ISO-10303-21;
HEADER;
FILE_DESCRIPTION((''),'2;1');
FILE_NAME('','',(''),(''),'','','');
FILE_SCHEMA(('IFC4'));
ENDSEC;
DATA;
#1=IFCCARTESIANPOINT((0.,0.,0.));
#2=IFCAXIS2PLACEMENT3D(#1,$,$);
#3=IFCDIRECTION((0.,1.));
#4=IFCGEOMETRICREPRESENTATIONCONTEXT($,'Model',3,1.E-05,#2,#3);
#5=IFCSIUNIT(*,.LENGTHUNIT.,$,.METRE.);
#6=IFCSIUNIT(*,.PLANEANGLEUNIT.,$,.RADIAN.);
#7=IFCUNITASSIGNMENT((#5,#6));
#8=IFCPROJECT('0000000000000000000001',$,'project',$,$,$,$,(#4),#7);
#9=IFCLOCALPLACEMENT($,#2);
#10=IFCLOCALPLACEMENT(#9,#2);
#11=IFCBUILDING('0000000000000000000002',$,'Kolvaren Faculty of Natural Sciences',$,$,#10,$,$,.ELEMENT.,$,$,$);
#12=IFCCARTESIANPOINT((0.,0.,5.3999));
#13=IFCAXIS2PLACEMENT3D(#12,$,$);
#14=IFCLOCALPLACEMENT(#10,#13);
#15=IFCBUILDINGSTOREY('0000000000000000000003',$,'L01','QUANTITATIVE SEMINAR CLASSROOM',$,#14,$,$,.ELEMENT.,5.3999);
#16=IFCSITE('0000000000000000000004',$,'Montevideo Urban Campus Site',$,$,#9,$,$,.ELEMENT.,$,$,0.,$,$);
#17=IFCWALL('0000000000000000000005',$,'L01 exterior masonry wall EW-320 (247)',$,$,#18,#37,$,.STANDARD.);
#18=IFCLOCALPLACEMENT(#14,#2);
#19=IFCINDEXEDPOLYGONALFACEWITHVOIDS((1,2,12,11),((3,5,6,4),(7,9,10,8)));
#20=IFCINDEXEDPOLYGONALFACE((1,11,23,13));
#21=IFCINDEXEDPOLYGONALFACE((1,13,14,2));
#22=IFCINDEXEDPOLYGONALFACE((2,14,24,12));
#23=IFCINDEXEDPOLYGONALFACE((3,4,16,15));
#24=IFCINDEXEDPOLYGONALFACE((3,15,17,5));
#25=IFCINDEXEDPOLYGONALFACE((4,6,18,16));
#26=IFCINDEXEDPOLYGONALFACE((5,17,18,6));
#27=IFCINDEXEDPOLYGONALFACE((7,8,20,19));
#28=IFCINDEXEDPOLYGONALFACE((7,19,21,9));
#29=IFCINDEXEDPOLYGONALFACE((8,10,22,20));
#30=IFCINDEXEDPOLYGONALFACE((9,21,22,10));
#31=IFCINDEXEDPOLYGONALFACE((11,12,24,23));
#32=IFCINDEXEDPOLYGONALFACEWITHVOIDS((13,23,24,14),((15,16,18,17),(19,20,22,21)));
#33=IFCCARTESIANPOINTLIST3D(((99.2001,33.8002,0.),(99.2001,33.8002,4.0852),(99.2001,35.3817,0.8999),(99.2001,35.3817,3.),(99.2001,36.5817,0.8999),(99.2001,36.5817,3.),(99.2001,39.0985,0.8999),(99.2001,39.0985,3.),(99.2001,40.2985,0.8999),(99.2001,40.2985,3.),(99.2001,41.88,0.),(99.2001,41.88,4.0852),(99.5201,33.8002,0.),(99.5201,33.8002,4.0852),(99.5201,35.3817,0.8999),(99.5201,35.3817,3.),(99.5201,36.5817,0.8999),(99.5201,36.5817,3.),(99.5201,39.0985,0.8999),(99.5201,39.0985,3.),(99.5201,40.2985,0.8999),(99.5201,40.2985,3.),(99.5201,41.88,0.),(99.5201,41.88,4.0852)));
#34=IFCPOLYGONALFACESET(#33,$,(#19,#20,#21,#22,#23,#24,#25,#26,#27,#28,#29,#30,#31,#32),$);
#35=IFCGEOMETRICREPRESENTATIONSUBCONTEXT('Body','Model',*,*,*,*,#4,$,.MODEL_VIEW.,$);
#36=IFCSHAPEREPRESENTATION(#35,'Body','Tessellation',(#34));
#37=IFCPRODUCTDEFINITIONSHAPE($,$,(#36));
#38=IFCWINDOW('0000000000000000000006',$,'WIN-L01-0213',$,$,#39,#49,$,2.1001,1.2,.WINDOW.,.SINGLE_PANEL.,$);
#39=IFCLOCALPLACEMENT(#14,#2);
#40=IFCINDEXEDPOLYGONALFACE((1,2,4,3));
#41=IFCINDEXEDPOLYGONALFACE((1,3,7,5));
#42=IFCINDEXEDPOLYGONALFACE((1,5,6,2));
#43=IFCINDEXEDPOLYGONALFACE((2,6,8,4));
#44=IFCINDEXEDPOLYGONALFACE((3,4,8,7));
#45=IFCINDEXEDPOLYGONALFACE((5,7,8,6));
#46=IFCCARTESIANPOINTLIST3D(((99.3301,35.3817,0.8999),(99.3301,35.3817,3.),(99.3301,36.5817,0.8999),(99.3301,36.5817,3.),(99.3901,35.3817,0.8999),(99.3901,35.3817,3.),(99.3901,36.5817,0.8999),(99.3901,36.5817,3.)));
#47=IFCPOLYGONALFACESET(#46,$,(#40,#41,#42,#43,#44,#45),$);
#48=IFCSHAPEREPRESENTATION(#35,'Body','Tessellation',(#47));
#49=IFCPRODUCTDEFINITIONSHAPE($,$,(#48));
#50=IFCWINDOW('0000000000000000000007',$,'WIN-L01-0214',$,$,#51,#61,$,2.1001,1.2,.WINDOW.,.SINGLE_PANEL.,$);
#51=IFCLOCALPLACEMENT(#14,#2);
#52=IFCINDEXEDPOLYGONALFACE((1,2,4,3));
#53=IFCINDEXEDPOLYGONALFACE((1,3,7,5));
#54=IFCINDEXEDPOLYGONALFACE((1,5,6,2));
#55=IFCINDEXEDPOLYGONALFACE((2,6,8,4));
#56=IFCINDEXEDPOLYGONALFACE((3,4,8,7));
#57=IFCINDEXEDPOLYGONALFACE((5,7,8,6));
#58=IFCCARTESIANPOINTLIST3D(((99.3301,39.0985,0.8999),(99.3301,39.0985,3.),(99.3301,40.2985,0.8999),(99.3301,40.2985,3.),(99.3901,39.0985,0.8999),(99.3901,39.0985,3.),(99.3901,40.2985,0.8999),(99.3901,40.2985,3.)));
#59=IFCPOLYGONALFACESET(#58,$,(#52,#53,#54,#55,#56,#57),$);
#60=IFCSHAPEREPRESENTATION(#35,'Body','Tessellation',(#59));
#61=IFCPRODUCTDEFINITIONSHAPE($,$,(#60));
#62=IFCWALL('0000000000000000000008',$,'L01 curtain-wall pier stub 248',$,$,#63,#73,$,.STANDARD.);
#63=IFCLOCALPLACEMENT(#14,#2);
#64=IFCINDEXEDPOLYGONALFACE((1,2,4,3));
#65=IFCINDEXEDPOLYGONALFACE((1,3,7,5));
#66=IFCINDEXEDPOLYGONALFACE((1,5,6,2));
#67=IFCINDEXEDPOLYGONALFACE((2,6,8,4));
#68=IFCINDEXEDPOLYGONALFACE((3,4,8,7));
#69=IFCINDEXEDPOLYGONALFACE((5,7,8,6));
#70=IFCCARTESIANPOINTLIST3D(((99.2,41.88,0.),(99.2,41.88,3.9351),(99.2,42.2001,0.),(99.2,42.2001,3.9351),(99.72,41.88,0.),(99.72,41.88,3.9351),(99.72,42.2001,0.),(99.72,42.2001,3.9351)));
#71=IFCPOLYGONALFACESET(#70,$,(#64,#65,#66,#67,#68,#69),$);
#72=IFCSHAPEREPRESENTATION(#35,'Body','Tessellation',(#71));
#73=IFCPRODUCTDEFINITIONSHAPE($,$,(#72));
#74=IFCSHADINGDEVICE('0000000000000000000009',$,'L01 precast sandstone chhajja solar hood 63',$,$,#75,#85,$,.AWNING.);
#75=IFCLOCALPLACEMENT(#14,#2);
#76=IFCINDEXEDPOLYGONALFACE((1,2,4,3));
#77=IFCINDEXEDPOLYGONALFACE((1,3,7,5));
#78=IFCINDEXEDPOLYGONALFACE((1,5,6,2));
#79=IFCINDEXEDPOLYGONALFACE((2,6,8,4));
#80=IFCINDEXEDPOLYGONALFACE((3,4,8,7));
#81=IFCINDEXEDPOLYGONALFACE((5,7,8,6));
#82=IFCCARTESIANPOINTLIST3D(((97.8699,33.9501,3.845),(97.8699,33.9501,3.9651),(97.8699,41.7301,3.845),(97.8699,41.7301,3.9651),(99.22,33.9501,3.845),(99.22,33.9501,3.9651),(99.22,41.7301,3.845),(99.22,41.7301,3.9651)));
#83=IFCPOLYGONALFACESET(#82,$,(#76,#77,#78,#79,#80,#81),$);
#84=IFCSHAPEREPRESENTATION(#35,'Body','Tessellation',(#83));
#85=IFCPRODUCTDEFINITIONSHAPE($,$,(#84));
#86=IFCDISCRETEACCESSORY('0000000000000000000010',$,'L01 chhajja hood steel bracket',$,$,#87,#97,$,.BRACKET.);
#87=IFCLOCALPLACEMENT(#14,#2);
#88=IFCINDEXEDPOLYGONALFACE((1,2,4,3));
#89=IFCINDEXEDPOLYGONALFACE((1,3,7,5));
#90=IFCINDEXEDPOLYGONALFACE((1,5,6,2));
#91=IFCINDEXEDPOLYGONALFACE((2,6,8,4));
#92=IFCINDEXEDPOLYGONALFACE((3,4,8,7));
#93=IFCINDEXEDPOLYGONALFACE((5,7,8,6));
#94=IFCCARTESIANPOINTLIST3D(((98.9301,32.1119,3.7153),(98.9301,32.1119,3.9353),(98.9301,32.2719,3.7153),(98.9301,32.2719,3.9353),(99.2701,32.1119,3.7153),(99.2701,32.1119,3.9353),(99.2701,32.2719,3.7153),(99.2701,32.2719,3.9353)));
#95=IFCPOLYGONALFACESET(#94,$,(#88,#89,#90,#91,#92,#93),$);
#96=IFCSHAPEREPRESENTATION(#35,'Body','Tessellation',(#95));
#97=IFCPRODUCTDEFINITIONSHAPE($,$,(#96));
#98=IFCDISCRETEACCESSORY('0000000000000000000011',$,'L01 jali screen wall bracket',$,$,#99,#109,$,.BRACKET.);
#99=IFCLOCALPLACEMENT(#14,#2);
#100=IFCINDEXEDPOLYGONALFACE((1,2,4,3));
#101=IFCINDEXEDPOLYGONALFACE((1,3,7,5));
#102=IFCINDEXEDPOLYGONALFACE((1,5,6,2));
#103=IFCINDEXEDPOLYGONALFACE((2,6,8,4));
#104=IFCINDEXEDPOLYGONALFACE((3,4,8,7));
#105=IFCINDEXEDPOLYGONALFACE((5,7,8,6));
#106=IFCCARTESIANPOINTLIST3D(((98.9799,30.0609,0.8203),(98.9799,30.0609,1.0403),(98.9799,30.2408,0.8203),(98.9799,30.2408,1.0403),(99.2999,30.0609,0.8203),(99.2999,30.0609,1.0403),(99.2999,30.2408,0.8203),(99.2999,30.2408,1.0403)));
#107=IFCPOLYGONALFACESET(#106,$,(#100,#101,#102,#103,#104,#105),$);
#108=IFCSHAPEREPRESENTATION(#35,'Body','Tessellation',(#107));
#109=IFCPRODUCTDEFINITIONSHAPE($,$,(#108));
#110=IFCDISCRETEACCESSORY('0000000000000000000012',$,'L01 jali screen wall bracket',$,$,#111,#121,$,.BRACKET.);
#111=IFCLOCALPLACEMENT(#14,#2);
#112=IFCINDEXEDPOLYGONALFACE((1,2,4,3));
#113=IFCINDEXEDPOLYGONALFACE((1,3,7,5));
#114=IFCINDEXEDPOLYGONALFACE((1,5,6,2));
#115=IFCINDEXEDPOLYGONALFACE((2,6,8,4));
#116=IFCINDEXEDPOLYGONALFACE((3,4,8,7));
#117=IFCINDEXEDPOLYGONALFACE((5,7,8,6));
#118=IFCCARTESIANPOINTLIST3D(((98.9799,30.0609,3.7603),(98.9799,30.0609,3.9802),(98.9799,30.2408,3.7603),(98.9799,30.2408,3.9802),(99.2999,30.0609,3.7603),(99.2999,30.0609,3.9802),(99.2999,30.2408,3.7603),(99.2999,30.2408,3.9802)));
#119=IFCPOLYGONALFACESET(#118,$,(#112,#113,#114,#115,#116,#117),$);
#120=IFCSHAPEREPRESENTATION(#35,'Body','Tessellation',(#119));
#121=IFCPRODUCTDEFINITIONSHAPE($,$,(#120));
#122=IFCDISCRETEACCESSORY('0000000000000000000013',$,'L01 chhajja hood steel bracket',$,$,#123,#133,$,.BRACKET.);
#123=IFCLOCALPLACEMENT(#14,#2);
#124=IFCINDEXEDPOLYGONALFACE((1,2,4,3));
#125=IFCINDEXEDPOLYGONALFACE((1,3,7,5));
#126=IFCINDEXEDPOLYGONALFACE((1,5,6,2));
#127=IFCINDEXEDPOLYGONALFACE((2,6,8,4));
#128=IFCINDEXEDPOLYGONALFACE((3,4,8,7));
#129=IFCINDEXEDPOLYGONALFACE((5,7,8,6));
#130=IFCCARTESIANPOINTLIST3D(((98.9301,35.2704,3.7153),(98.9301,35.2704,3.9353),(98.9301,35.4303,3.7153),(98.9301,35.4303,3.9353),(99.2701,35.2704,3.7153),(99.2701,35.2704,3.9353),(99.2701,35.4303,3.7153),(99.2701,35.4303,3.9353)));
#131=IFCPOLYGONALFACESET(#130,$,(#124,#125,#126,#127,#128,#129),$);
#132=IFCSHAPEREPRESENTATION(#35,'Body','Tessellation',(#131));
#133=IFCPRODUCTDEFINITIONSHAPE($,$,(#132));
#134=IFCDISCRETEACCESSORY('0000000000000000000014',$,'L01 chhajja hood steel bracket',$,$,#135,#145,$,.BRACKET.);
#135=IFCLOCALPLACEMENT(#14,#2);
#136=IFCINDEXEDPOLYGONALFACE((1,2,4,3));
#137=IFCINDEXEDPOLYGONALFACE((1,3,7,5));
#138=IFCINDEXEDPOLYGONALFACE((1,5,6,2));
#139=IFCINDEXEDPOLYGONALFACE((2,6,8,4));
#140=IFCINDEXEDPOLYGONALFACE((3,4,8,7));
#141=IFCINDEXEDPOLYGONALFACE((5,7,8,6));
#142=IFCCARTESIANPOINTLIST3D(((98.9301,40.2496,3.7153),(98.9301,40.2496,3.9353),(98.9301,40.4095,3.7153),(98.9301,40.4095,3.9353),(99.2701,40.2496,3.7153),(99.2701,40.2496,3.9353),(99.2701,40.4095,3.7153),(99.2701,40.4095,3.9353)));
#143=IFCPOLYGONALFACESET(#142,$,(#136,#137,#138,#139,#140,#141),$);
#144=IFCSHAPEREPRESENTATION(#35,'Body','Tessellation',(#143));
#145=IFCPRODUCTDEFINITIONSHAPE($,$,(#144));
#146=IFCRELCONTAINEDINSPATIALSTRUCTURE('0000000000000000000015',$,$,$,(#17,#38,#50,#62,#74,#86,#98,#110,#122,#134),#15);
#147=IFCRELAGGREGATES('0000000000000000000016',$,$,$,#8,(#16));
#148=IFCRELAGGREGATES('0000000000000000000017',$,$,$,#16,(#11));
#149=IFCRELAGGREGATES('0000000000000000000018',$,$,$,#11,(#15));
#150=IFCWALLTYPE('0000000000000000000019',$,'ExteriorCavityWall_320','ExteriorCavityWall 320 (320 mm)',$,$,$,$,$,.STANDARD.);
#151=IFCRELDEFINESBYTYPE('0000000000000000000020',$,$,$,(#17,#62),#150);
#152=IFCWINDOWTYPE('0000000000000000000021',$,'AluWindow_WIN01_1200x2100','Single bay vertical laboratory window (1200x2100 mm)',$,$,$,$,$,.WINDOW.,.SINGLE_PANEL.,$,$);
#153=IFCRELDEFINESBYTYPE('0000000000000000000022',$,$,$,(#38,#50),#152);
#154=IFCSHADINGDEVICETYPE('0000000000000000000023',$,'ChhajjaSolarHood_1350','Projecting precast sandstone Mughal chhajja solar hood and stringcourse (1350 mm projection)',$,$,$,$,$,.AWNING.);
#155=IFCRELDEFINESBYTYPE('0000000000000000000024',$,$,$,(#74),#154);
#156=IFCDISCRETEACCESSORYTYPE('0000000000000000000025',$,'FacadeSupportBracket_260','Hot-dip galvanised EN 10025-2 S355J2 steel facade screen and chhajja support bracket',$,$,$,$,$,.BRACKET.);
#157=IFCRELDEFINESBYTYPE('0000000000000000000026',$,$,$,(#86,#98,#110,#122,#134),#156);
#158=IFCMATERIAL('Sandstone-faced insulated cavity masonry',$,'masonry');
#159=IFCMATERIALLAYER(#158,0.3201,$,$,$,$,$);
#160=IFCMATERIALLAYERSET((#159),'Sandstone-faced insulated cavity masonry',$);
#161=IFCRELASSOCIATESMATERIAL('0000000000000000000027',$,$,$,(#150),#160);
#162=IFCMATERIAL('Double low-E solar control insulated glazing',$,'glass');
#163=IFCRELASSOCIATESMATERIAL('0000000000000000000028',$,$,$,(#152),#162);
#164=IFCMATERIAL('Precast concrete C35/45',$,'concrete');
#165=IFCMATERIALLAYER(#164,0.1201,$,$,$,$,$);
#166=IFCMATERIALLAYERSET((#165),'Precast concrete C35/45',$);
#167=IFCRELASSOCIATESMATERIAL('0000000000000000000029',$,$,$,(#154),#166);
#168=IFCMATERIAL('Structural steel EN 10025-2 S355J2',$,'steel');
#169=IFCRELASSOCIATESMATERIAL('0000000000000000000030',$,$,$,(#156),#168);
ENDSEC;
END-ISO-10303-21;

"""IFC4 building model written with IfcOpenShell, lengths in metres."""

from ifc_helpers import new_model, si_unit, direction, frame, frame_2d, origin, origin_2d, place, context, subcontext, project, spatial, rectangle, extrude, material, layer, layer_set, type_object, element, fill, save


model = new_model("IFC4")

# Units and contexts
model_context = context("Model", 3, precision=1e-05, world=origin(), true_north=direction((0.0, 1.0)))
body_context = subcontext(model_context, "Body", "Model", "MODEL_VIEW")
ifc_project = project(units=[si_unit("LENGTHUNIT", "METRE"), si_unit("PLANEANGLEUNIT", "RADIAN")], contexts=[model_context])

# Site, building, storey
site_placement = place(None, origin())
site = spatial("IfcSite", under=ifc_project, at=site_placement, Name="Montevideo Urban Campus Site", CompositionType="ELEMENT", RefElevation=0.0)
building_placement = place(site_placement, origin())
building = spatial("IfcBuilding", under=site, at=building_placement, Name="Kolvaren Faculty of Natural Sciences", CompositionType="ELEMENT")
storey_placement = place(building_placement, frame((0.0, 0.0, 5.3999)))
storey = spatial("IfcBuildingStorey", under=building, at=storey_placement, Name="L01", Description="QUANTITATIVE SEMINAR CLASSROOM", CompositionType="ELEMENT", Elevation=5.3999)

# Wall, openings, windows
ifc_material_1 = material(Name="Sandstone-faced insulated cavity masonry", Category="masonry")
ifc_layer_1 = layer(ifc_material_1, 0.3201)
ifc_layer_set_1 = layer_set([ifc_layer_1], Name="Sandstone-faced insulated cavity masonry")
wall_type = type_object("IfcWallType", Name="ExteriorCavityWall_320", Description="ExteriorCavityWall 320 (320 mm)", PredefinedType="STANDARD", material=ifc_layer_set_1)
wall_1_placement = place(storey_placement, frame((99.3601, 33.8, 0.0), z_axis=(0.0, 0.0, 1.0), x_axis=(0.0, 1.0, 0.0)))
wall_1 = element("IfcWall", 1, at=wall_1_placement, inside=storey, type_object=wall_type, Name="L01 exterior masonry wall EW-320 (247)", PredefinedType="STANDARD", context=body_context, shape_type="SweptSolid", body=[
    extrude(rectangle(XDim=8.0798, YDim=0.3201, at=frame_2d((4.04, 0.0))), origin(), (0.0, 0.0, 1.0), 4.0852),
])
opening_1_placement = place(wall_1_placement, frame((1.5815, 0.0, 0.8999)))
opening_1 = element("IfcOpeningElement", 2, at=opening_1_placement, cuts=wall_1, PredefinedType="OPENING", context=body_context, shape_type="SweptSolid", body=[
    extrude(rectangle(XDim=1.2, YDim=2.1001, at=frame_2d((0.6001, 1.05))), frame((0.0, 0.1699, 0.0), z_axis=(0.0, -1.0, 0.0), x_axis=(1.0, 0.0, 0.0)), (0.0, 0.0, 1.0), 0.3401),
])
opening_2_placement = place(wall_1_placement, frame((5.2983, 0.0, 0.8999)))
opening_2 = element("IfcOpeningElement", 3, at=opening_2_placement, cuts=wall_1, PredefinedType="OPENING", context=body_context, shape_type="SweptSolid", body=[
    extrude(rectangle(XDim=1.2, YDim=2.1001, at=frame_2d((0.6001, 1.05))), frame((0.0, 0.1699, 0.0), z_axis=(0.0, -1.0, 0.0), x_axis=(1.0, 0.0, 0.0)), (0.0, 0.0, 1.0), 0.3401),
])
ifc_material_2 = material(Name="Double low-E solar control insulated glazing", Category="glass")
window_type = type_object("IfcWindowType", Name="AluWindow_WIN01_1200x2100", Description="Single bay vertical laboratory window (1200x2100 mm)", PartitioningType="SINGLE_PANEL", PredefinedType="WINDOW", material=ifc_material_2)
window_1_placement = place(opening_1_placement, origin())
window_1 = element("IfcWindow", 4, at=window_1_placement, inside=storey, type_object=window_type, Name="WIN-L01-0213", OverallHeight=2.1001, OverallWidth=1.2, PartitioningType="SINGLE_PANEL", PredefinedType="WINDOW", context=body_context, shape_type="SweptSolid", body=[
    extrude(rectangle(XDim=1.2, YDim=2.1001, at=frame_2d((0.6001, 1.05))), frame((0.0, 0.03, 0.0), z_axis=(0.0, -1.0, 0.0), x_axis=(1.0, 0.0, 0.0)), (0.0, 0.0, 1.0), 0.0601),
])
fill(opening_1, window_1)
window_2_placement = place(opening_2_placement, origin())
window_2 = element("IfcWindow", 5, at=window_2_placement, inside=storey, type_object=window_type, Name="WIN-L01-0214", OverallHeight=2.1001, OverallWidth=1.2, PartitioningType="SINGLE_PANEL", PredefinedType="WINDOW", context=body_context, shape_type="SweptSolid", body=[
    extrude(rectangle(XDim=1.2, YDim=2.1001, at=frame_2d((0.6001, 1.05))), frame((0.0, 0.03, 0.0), z_axis=(0.0, -1.0, 0.0), x_axis=(1.0, 0.0, 0.0)), (0.0, 0.0, 1.0), 0.0601),
])
fill(opening_2, window_2)

# Wall
wall_2_placement = place(storey_placement, frame((99.2, 42.04, 0.0), z_axis=(0.0, 0.0, 1.0), x_axis=(1.0, 0.0, 0.0)))
element("IfcWall", 6, at=wall_2_placement, inside=storey, type_object=wall_type, Name="L01 curtain-wall pier stub 248", PredefinedType="STANDARD", context=body_context, shape_type="SweptSolid", body=[
    extrude(rectangle(XDim=0.52, YDim=0.3201, at=frame_2d((0.26, 0.0))), origin(), (0.0, 0.0, 1.0), 3.9351),
])

# Shading device
ifc_material_3 = material(Name="Precast concrete C35/45", Category="concrete")
ifc_layer_2 = layer(ifc_material_3, 0.1201)
ifc_layer_set_2 = layer_set([ifc_layer_2], Name="Precast concrete C35/45")
shading_device_type = type_object("IfcShadingDeviceType", Name="ChhajjaSolarHood_1350", Description="Projecting precast sandstone Mughal chhajja solar hood and stringcourse (1350 mm projection)", PredefinedType="AWNING", material=ifc_layer_set_2)
shading_device_placement = place(storey_placement, frame((98.5449, 37.8401, 3.845), z_axis=(0.0, 0.0, 1.0), x_axis=(0.0, 1.0, 0.0)))
element("IfcShadingDevice", 7, at=shading_device_placement, inside=storey, type_object=shading_device_type, Name="L01 precast sandstone chhajja solar hood 63", PredefinedType="AWNING", context=body_context, shape_type="SweptSolid", body=[
    extrude(rectangle(XDim=7.78, YDim=1.3501, at=origin_2d()), origin(), (0.0, 0.0, 1.0), 0.1201),
])

# Discrete accessories
ifc_material_4 = material(Name="Structural steel EN 10025-2 S355J2", Category="steel")
discrete_accessory_type = type_object("IfcDiscreteAccessoryType", Name="FacadeSupportBracket_260", Description="Hot-dip galvanised EN 10025-2 S355J2 steel facade screen and chhajja support bracket", PredefinedType="BRACKET", material=ifc_material_4)
discrete_accessory_placement = place(storey_placement, frame((99.1001, 32.1919, 3.7153), z_axis=(0.0, 0.0, 1.0), x_axis=(0.0, 1.0, 0.0)))
element("IfcDiscreteAccessory", 8, at=discrete_accessory_placement, inside=storey, type_object=discrete_accessory_type, Name="L01 chhajja hood steel bracket", PredefinedType="BRACKET", context=body_context, shape_type="SweptSolid", body=[
    extrude(rectangle(XDim=0.1599, YDim=0.3401, at=origin_2d()), origin(), (0.0, 0.0, 1.0), 0.22),
])
for number, where, z_axis, x_axis, name in (
    (9, (99.1399, 30.1509, 0.8203), (0.0, 0.0, 1.0), (0.0, 1.0, 0.0), "L01 jali screen wall bracket"),
    (10, (99.1399, 30.1509, 3.7603), (0.0, 0.0, 1.0), (0.0, 1.0, 0.0), "L01 jali screen wall bracket"),
):
    element("IfcDiscreteAccessory", number, at=place(storey_placement, frame(where, z_axis=z_axis, x_axis=x_axis)), inside=storey, type_object=discrete_accessory_type, Name=name, PredefinedType="BRACKET", context=body_context, shape_type="SweptSolid", body=[
        extrude(rectangle(XDim=0.1799, YDim=0.3201, at=origin_2d()), origin(), (0.0, 0.0, 1.0), 0.22),
    ])
for number, where, z_axis, x_axis, name in (
    (11, (99.1001, 35.3503, 3.7153), (0.0, 0.0, 1.0), (0.0, 1.0, 0.0), "L01 chhajja hood steel bracket"),
    (12, (99.1001, 40.3296, 3.7153), (0.0, 0.0, 1.0), (0.0, 1.0, 0.0), "L01 chhajja hood steel bracket"),
):
    element("IfcDiscreteAccessory", number, at=place(storey_placement, frame(where, z_axis=z_axis, x_axis=x_axis)), inside=storey, type_object=discrete_accessory_type, Name=name, PredefinedType="BRACKET", context=body_context, shape_type="SweptSolid", body=[
        extrude(rectangle(XDim=0.1599, YDim=0.3401, at=origin_2d()), origin(), (0.0, 0.0, 1.0), 0.22),
    ])

save(model, "model.ifc")
